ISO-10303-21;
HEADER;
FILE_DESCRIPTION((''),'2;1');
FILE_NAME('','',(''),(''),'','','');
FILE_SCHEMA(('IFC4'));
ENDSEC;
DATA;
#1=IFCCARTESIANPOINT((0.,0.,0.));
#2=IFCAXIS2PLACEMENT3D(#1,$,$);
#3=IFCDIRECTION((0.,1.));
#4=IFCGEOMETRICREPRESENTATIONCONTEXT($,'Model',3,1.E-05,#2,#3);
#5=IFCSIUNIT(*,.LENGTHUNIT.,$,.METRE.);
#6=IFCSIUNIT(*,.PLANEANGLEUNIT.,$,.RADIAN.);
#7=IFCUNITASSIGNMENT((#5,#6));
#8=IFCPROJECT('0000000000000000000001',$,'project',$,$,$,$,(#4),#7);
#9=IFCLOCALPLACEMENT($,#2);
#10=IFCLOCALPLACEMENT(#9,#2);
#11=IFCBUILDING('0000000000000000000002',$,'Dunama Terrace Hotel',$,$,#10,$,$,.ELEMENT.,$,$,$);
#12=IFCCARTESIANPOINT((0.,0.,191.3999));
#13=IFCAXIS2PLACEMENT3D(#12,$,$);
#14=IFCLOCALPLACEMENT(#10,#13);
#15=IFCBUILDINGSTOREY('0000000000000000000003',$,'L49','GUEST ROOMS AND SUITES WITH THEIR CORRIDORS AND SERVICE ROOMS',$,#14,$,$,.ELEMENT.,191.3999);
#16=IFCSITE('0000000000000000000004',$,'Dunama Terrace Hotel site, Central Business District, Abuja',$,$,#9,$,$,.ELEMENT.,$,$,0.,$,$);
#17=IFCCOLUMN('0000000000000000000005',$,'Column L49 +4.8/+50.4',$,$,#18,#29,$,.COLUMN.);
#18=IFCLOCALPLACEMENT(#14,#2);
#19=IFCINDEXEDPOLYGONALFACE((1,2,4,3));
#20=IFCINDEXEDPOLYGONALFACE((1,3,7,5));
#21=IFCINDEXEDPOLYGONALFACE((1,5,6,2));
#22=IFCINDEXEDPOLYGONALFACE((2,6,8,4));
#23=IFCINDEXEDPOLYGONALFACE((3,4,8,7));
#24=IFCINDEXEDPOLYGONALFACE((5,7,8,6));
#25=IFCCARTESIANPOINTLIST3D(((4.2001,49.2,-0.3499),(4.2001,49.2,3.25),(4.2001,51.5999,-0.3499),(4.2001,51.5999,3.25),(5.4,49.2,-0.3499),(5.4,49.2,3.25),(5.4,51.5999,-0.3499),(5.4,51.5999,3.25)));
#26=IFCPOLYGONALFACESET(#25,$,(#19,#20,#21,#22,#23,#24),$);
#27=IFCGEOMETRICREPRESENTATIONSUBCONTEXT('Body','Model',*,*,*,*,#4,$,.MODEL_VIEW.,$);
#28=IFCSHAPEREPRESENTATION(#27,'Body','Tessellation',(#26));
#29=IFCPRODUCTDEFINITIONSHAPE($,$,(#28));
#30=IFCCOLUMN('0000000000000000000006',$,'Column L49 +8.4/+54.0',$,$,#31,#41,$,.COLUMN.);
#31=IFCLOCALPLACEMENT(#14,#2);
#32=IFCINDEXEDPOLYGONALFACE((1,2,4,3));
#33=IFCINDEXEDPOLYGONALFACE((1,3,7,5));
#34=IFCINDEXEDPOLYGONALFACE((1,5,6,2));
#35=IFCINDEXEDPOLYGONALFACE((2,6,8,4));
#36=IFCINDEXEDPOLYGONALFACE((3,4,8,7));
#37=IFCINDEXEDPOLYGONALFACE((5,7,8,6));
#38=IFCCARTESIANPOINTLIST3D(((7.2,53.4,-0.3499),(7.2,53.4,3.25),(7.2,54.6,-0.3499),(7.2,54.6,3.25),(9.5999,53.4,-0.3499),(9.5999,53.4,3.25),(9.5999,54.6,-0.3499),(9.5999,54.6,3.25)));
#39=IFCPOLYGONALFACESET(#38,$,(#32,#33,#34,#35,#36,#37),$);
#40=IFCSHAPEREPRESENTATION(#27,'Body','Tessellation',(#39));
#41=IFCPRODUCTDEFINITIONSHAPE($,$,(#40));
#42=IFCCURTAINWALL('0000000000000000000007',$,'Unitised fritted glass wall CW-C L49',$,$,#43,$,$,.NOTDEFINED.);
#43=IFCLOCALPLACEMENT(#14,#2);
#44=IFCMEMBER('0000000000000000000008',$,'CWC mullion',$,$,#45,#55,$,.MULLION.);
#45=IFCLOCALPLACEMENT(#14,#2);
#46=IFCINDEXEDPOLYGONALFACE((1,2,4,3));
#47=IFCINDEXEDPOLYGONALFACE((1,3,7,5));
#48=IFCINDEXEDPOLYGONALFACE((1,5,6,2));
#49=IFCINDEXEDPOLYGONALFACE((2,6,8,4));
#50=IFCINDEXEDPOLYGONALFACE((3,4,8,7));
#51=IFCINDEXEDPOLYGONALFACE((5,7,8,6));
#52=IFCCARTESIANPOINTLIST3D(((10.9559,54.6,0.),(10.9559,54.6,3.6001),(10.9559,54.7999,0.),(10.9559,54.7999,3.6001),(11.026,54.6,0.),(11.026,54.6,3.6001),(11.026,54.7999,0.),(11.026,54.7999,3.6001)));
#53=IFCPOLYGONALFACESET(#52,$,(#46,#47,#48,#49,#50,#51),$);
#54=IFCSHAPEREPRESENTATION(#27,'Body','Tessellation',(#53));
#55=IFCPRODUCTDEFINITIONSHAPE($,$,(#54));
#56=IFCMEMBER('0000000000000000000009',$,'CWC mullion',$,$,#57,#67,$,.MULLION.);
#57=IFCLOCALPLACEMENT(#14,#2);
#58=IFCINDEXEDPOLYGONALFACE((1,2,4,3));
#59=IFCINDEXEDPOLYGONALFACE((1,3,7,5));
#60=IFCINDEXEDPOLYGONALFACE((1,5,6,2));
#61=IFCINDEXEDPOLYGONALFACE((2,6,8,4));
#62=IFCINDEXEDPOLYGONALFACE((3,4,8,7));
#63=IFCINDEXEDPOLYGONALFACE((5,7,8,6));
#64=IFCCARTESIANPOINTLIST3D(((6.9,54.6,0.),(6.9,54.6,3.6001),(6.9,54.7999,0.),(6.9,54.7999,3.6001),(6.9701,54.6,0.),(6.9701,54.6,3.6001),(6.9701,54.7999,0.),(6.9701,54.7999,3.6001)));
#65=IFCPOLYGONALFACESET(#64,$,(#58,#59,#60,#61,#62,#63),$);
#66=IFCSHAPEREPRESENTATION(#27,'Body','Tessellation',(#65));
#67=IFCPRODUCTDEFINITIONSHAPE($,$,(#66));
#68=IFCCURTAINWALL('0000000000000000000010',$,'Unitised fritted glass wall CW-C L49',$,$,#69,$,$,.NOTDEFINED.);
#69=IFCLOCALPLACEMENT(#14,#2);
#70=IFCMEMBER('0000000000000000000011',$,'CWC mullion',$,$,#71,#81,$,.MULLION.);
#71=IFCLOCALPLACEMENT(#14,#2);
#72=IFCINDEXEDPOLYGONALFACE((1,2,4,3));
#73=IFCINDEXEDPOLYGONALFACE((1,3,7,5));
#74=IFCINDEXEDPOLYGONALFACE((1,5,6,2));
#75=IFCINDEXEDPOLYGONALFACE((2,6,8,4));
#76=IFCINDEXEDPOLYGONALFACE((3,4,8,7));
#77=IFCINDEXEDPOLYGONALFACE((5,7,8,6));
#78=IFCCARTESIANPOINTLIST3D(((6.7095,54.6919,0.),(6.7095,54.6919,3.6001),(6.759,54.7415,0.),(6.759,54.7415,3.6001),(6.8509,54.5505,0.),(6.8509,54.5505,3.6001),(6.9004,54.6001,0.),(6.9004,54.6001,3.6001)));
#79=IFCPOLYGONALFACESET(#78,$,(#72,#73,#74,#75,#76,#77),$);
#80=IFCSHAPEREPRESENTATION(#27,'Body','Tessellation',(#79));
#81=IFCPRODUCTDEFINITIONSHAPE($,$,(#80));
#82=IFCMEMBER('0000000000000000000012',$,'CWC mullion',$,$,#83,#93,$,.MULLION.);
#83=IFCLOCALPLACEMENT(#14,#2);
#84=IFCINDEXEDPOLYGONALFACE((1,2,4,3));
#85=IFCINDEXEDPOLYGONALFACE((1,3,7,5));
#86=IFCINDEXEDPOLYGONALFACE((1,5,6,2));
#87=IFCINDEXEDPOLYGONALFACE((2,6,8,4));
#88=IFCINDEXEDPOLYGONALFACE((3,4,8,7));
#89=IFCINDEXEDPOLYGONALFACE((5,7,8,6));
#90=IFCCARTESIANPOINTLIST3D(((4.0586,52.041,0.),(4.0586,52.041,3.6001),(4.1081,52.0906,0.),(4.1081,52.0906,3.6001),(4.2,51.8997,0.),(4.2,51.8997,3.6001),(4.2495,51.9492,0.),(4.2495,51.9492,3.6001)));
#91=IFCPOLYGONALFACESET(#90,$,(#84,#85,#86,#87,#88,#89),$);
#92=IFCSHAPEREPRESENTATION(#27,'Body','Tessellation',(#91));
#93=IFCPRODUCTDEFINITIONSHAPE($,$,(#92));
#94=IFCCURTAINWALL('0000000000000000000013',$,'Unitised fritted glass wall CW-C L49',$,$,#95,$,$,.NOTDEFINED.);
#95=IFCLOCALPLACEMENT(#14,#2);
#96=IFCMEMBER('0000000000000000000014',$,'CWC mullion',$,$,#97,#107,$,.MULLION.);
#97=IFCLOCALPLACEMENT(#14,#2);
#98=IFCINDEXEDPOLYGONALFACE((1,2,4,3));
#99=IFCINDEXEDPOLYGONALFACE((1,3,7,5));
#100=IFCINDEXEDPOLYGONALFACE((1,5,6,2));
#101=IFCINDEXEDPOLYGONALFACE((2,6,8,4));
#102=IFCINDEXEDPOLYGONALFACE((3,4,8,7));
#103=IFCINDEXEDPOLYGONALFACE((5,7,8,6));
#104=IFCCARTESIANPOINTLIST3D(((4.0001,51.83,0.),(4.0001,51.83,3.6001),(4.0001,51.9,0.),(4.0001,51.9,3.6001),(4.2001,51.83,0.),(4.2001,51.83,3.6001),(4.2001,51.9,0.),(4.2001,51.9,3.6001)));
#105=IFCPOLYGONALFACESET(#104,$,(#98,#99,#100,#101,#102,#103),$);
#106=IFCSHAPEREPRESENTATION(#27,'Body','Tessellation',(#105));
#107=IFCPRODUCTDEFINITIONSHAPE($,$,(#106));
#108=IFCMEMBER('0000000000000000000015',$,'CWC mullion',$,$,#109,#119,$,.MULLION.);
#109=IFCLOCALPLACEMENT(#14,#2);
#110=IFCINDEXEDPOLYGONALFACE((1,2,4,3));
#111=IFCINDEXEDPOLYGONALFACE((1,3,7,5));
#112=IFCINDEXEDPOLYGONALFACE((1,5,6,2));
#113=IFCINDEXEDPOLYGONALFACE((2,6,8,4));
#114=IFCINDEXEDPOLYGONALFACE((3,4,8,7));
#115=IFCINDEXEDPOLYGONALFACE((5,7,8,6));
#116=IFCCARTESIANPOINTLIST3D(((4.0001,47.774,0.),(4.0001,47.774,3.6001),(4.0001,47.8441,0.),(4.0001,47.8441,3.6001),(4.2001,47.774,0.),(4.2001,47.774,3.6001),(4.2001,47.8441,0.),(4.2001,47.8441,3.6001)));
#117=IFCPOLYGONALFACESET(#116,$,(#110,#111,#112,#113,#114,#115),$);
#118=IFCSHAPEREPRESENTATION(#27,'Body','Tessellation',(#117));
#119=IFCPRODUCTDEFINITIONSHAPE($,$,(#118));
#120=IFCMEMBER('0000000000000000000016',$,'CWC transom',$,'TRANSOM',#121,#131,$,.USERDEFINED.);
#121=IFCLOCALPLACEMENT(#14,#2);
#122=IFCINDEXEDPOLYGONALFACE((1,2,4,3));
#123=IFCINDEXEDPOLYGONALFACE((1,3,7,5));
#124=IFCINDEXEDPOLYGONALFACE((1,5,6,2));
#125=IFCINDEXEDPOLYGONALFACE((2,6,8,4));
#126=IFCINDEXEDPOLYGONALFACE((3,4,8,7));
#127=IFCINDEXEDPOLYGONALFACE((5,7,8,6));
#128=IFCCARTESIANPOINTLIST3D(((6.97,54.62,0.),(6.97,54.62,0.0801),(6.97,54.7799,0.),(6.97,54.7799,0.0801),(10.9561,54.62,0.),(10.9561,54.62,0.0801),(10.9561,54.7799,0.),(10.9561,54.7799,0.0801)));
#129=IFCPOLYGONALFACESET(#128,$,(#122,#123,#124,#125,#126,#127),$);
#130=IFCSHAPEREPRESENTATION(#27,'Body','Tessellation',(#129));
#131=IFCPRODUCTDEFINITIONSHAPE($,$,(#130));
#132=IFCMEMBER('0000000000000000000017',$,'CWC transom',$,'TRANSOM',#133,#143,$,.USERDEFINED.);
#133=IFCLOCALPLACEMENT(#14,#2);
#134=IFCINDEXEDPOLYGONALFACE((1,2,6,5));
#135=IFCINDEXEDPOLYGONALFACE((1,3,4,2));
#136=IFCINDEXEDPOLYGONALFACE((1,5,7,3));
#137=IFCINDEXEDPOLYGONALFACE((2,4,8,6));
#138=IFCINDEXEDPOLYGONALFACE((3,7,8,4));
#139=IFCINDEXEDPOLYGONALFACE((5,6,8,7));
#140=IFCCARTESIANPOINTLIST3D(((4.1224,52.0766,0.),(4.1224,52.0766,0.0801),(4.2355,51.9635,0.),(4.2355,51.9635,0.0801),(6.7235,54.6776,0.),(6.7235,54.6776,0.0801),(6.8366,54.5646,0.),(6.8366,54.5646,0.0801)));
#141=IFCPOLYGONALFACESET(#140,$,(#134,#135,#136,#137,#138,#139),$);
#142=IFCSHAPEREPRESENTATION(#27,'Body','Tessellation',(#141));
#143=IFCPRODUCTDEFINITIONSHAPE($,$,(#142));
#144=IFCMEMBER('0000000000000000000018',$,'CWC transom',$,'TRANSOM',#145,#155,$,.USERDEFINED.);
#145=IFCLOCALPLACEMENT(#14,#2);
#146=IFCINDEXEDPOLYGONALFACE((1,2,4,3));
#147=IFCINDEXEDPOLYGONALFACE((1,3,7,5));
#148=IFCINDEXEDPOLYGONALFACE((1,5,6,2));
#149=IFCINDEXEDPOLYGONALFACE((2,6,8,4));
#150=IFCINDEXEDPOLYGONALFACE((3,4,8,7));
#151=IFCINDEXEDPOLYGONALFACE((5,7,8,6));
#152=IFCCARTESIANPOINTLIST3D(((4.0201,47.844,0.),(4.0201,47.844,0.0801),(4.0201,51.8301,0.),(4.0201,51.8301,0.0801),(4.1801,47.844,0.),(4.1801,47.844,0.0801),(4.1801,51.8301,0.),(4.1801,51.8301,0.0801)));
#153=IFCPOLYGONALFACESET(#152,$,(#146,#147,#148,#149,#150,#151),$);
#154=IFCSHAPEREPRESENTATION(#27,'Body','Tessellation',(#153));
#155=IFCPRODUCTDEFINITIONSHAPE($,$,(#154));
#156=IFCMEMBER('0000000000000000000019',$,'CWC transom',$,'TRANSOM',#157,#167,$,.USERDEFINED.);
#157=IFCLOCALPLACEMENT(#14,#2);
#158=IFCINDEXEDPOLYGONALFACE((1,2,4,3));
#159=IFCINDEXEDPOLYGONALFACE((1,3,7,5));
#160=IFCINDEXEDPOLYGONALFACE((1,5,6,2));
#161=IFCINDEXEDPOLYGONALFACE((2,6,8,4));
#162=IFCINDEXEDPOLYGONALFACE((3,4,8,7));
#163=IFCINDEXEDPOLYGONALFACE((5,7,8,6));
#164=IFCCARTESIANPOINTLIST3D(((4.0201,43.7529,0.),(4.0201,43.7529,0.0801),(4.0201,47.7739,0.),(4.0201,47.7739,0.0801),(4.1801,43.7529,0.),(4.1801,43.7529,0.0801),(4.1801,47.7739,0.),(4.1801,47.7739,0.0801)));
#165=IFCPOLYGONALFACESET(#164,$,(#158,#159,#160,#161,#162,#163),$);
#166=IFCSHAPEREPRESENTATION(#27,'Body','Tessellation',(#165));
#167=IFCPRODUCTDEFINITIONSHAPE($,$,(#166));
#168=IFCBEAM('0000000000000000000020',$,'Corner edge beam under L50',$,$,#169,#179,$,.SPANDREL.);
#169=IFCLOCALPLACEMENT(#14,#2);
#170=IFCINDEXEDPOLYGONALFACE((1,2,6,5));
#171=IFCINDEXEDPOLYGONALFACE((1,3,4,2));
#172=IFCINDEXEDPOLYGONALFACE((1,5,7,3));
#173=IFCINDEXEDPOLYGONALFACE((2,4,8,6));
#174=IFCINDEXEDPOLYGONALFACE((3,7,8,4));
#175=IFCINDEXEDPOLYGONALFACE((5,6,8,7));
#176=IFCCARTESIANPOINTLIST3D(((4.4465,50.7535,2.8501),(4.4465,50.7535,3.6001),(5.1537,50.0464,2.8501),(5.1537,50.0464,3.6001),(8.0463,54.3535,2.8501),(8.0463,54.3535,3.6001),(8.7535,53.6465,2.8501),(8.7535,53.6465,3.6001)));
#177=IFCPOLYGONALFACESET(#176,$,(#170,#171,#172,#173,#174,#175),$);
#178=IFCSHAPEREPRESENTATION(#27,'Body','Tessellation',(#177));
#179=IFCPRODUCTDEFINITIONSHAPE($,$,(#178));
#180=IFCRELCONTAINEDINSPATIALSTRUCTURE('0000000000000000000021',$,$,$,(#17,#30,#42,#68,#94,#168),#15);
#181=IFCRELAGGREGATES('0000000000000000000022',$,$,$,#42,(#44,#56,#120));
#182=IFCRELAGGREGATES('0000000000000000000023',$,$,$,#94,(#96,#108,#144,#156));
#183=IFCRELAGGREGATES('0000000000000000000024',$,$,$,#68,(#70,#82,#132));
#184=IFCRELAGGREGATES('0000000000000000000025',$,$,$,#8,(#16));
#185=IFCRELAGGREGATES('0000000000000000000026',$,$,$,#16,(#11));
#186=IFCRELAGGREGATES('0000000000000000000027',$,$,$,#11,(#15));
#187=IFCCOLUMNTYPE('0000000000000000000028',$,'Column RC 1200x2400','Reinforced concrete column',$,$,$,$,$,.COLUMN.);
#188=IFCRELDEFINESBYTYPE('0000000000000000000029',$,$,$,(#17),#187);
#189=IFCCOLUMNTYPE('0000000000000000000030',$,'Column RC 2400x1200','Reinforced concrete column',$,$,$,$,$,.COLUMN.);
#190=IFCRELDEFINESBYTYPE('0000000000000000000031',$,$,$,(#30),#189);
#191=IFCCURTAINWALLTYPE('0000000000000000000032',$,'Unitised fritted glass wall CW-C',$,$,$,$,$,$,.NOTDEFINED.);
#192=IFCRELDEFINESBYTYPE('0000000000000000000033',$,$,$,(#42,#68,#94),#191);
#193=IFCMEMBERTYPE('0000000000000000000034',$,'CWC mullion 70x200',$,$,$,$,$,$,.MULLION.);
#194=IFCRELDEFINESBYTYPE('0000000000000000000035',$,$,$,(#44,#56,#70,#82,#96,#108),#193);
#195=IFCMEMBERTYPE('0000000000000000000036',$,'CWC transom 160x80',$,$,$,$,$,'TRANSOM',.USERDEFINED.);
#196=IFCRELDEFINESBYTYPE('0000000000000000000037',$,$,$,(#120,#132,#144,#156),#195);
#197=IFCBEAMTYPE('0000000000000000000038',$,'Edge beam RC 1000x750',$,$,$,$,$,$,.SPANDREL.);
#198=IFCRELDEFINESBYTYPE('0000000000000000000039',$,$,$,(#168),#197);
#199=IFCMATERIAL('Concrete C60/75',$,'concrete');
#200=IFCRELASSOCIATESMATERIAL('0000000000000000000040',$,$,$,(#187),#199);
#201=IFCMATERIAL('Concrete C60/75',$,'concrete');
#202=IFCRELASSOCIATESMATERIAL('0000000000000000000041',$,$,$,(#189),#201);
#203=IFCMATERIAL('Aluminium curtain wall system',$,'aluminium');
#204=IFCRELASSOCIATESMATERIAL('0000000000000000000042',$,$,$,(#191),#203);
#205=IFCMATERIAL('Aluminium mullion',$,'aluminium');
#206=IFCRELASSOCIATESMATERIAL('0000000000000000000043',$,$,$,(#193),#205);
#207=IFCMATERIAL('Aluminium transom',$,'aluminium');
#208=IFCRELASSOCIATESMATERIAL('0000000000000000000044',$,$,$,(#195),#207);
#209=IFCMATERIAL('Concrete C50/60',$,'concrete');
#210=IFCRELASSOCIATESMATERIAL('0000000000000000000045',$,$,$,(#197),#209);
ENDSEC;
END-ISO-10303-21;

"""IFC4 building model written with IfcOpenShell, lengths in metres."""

from ifc_helpers import new_model, si_unit, direction, frame, origin, origin_2d, place, context, subcontext, project, spatial, rectangle, extrude, material, material_profile, profile_set, type_object, element, aggregate, save


model = new_model("IFC4")

# Units and contexts
model_context = context("Model", 3, precision=1e-05, world=origin(), true_north=direction((0.0, 1.0)))
body_context = subcontext(model_context, "Body", "Model", "MODEL_VIEW")
ifc_project = project(units=[si_unit("LENGTHUNIT", "METRE"), si_unit("PLANEANGLEUNIT", "RADIAN")], contexts=[model_context])

# Site, building, storey
site_placement = place(None, origin())
site = spatial("IfcSite", under=ifc_project, at=site_placement, Name="Dunama Terrace Hotel site, Central Business District, Abuja", CompositionType="ELEMENT", RefElevation=0.0)
building_placement = place(site_placement, origin())
building = spatial("IfcBuilding", under=site, at=building_placement, Name="Dunama Terrace Hotel", CompositionType="ELEMENT")
storey_placement = place(building_placement, frame((0.0, 0.0, 191.3999)))
storey = spatial("IfcBuildingStorey", under=building, at=storey_placement, Name="L49", Description="GUEST ROOMS AND SUITES WITH THEIR CORRIDORS AND SERVICE ROOMS", CompositionType="ELEMENT", Elevation=191.3999)

# Columns
ifc_material_1 = material(Name="Concrete C60/75", Category="concrete")
ifc_material_profile_1 = material_profile(ifc_material_1, rectangle(XDim=1.2, YDim=2.3999, at=origin_2d()), Name="RC 1200x2400")
ifc_profile_set_1 = profile_set([ifc_material_profile_1], Name="Concrete C60/75")
column_type_1 = type_object("IfcColumnType", Name="Column RC 1200x2400", Description="Reinforced concrete column", PredefinedType="COLUMN", material=ifc_profile_set_1)
column_1_placement = place(storey_placement, frame((4.8, 50.3999, -0.3499), z_axis=(0.0, 0.0, 1.0), x_axis=(1.0, 0.0, 0.0)))
element("IfcColumn", 1, at=column_1_placement, inside=storey, type_object=column_type_1, Name="Column L49 +4.8/+50.4", PredefinedType="COLUMN", context=body_context, shape_type="SweptSolid", body=[
    extrude(rectangle(XDim=1.2, YDim=2.3999, at=origin_2d()), origin(), (0.0, 0.0, 1.0), 3.5999),
])
ifc_material_2 = material(Name="Concrete C60/75", Category="concrete")
ifc_material_profile_2 = material_profile(ifc_material_2, rectangle(XDim=2.3999, YDim=1.2, at=origin_2d()), Name="RC 2400x1200")
ifc_profile_set_2 = profile_set([ifc_material_profile_2], Name="Concrete C60/75")
column_type_2 = type_object("IfcColumnType", Name="Column RC 2400x1200", Description="Reinforced concrete column", PredefinedType="COLUMN", material=ifc_profile_set_2)
column_2_placement = place(storey_placement, frame((8.3999, 54.0, -0.3499), z_axis=(0.0, 0.0, 1.0), x_axis=(1.0, 0.0, 0.0)))
element("IfcColumn", 2, at=column_2_placement, inside=storey, type_object=column_type_2, Name="Column L49 +8.4/+54.0", PredefinedType="COLUMN", context=body_context, shape_type="SweptSolid", body=[
    extrude(rectangle(XDim=2.3999, YDim=1.2, at=origin_2d()), origin(), (0.0, 0.0, 1.0), 3.5999),
])

# Curtain walls, members
ifc_material_3 = material(Name="Aluminium curtain wall system", Category="aluminium")
curtain_wall_type = type_object("IfcCurtainWallType", Name="Unitised fritted glass wall CW-C", PredefinedType="NOTDEFINED", material=ifc_material_3)
curtain_wall_1_placement = place(storey_placement, origin())
curtain_wall_1 = element("IfcCurtainWall", 3, at=curtain_wall_1_placement, inside=storey, type_object=curtain_wall_type, Name="Unitised fritted glass wall CW-C L49", PredefinedType="NOTDEFINED")
ifc_material_4 = material(Name="Aluminium mullion", Category="aluminium")
ifc_material_profile_3 = material_profile(ifc_material_4, rectangle(XDim=0.0701, YDim=0.2, at=origin_2d()), Name="CWC MULLION 70X200")
ifc_profile_set_3 = profile_set([ifc_material_profile_3], Name="Aluminium mullion")
member_type_1 = type_object("IfcMemberType", Name="CWC mullion 70x200", PredefinedType="MULLION", material=ifc_profile_set_3)
member_1_placement = place(storey_placement, frame((10.991, 54.7, 0.0), z_axis=(0.0, 0.0, 1.0), x_axis=(-1.0, 0.0, 0.0)))
member_1 = element("IfcMember", 4, at=member_1_placement, type_object=member_type_1, Name="CWC mullion", PredefinedType="MULLION", context=body_context, shape_type="SweptSolid", body=[
    extrude(rectangle(XDim=0.0701, YDim=0.2, at=origin_2d()), origin(), (0.0, 0.0, 1.0), 3.6001),
])
member_2_placement = place(storey_placement, frame((6.9351, 54.7, 0.0), z_axis=(0.0, 0.0, 1.0), x_axis=(-1.0, 0.0, 0.0)))
member_2 = element("IfcMember", 5, at=member_2_placement, type_object=member_type_1, Name="CWC mullion", PredefinedType="MULLION", context=body_context, shape_type="SweptSolid", body=[
    extrude(rectangle(XDim=0.0701, YDim=0.2, at=origin_2d()), origin(), (0.0, 0.0, 1.0), 3.6001),
])
curtain_wall_2_placement = place(storey_placement, origin())
curtain_wall_2 = element("IfcCurtainWall", 6, at=curtain_wall_2_placement, inside=storey, type_object=curtain_wall_type, Name="Unitised fritted glass wall CW-C L49", PredefinedType="NOTDEFINED")
member_3_placement = place(storey_placement, frame((6.8049, 54.646, 0.0), z_axis=(0.0, 0.0, 1.0), x_axis=(-0.707107, -0.707107, 0.0)))
member_3 = element("IfcMember", 7, at=member_3_placement, type_object=member_type_1, Name="CWC mullion", PredefinedType="MULLION", context=body_context, shape_type="SweptSolid", body=[
    extrude(rectangle(XDim=0.0701, YDim=0.2, at=origin_2d()), origin(), (0.0, 0.0, 1.0), 3.6001),
])
member_4_placement = place(storey_placement, frame((4.1541, 51.9951, 0.0), z_axis=(0.0, 0.0, 1.0), x_axis=(-0.707107, -0.707107, 0.0)))
member_4 = element("IfcMember", 8, at=member_4_placement, type_object=member_type_1, Name="CWC mullion", PredefinedType="MULLION", context=body_context, shape_type="SweptSolid", body=[
    extrude(rectangle(XDim=0.0701, YDim=0.2, at=origin_2d()), origin(), (0.0, 0.0, 1.0), 3.6001),
])
curtain_wall_3_placement = place(storey_placement, origin())
curtain_wall_3 = element("IfcCurtainWall", 9, at=curtain_wall_3_placement, inside=storey, type_object=curtain_wall_type, Name="Unitised fritted glass wall CW-C L49", PredefinedType="NOTDEFINED")
member_5_placement = place(storey_placement, frame((4.1001, 51.865, 0.0), z_axis=(0.0, 0.0, 1.0), x_axis=(0.0, -1.0, 0.0)))
member_5 = element("IfcMember", 10, at=member_5_placement, type_object=member_type_1, Name="CWC mullion", PredefinedType="MULLION", context=body_context, shape_type="SweptSolid", body=[
    extrude(rectangle(XDim=0.0701, YDim=0.2, at=origin_2d()), origin(), (0.0, 0.0, 1.0), 3.6001),
])
member_6_placement = place(storey_placement, frame((4.1001, 47.8091, 0.0), z_axis=(0.0, 0.0, 1.0), x_axis=(0.0, -1.0, 0.0)))
member_6 = element("IfcMember", 11, at=member_6_placement, type_object=member_type_1, Name="CWC mullion", PredefinedType="MULLION", context=body_context, shape_type="SweptSolid", body=[
    extrude(rectangle(XDim=0.0701, YDim=0.2, at=origin_2d()), origin(), (0.0, 0.0, 1.0), 3.6001),
])

# Members
ifc_material_5 = material(Name="Aluminium transom", Category="aluminium")
ifc_material_profile_4 = material_profile(ifc_material_5, rectangle(XDim=0.1599, YDim=0.0801, at=origin_2d()), Name="CWC TRANSOM 160X80")
ifc_profile_set_4 = profile_set([ifc_material_profile_4], Name="Aluminium transom")
member_type_2 = type_object("IfcMemberType", Name="CWC transom 160x80", ElementType="TRANSOM", PredefinedType="USERDEFINED", material=ifc_profile_set_4)
member_7_placement = place(storey_placement, frame((10.9561, 54.7, 0.04), z_axis=(-1.0, 0.0, 0.0), x_axis=(0.0, -1.0, 0.0)))
member_7 = element("IfcMember", 12, at=member_7_placement, type_object=member_type_2, Name="CWC transom", ObjectType="TRANSOM", PredefinedType="USERDEFINED", context=body_context, shape_type="SweptSolid", body=[
    extrude(rectangle(XDim=0.1599, YDim=0.0801, at=origin_2d()), origin(), (0.0, 0.0, 1.0), 3.9861),
])
member_8_placement = place(storey_placement, frame((6.78, 54.6211, 0.04), z_axis=(-0.707107, -0.707107, 0.0), x_axis=(0.707107, -0.707107, 0.0)))
member_8 = element("IfcMember", 13, at=member_8_placement, type_object=member_type_2, Name="CWC transom", ObjectType="TRANSOM", PredefinedType="USERDEFINED", context=body_context, shape_type="SweptSolid", body=[
    extrude(rectangle(XDim=0.1599, YDim=0.0801, at=origin_2d()), origin(), (0.0, 0.0, 1.0), 3.6785),
])
member_9_placement = place(storey_placement, frame((4.1001, 51.8301, 0.04), z_axis=(0.0, -1.0, 0.0), x_axis=(1.0, 0.0, 0.0)))
member_9 = element("IfcMember", 14, at=member_9_placement, type_object=member_type_2, Name="CWC transom", ObjectType="TRANSOM", PredefinedType="USERDEFINED", context=body_context, shape_type="SweptSolid", body=[
    extrude(rectangle(XDim=0.1599, YDim=0.0801, at=origin_2d()), origin(), (0.0, 0.0, 1.0), 3.9861),
])
member_10_placement = place(storey_placement, frame((4.1001, 47.7739, 0.04), z_axis=(0.0, -1.0, 0.0), x_axis=(1.0, 0.0, 0.0)))
member_10 = element("IfcMember", 15, at=member_10_placement, type_object=member_type_2, Name="CWC transom", ObjectType="TRANSOM", PredefinedType="USERDEFINED", context=body_context, shape_type="SweptSolid", body=[
    extrude(rectangle(XDim=0.1599, YDim=0.0801, at=origin_2d()), origin(), (0.0, 0.0, 1.0), 4.021),
])

# Beam
ifc_material_6 = material(Name="Concrete C50/60", Category="concrete")
ifc_material_profile_5 = material_profile(ifc_material_6, rectangle(XDim=1.0, YDim=0.75, at=origin_2d()), Name="RC 1000x750")
ifc_profile_set_5 = profile_set([ifc_material_profile_5], Name="Concrete C50/60")
beam_type_1 = type_object("IfcBeamType", Name="Edge beam RC 1000x750", PredefinedType="SPANDREL", material=ifc_profile_set_5)
beam_1_placement = place(storey_placement, frame((8.3999, 54.0, 3.2251), z_axis=(-0.707083, -0.707131, 0.0), x_axis=(0.707131, -0.707083, 0.0)))
element("IfcBeam", 16, at=beam_1_placement, inside=storey, type_object=beam_type_1, Name="Corner edge beam under L50", PredefinedType="SPANDREL", context=body_context, shape_type="SweptSolid", body=[
    extrude(rectangle(XDim=1.0, YDim=0.75, at=origin_2d()), origin(), (0.0, 0.0, 1.0), 5.0911),
])

aggregate(curtain_wall_1, [member_1, member_2, member_7])
aggregate(curtain_wall_3, [member_5, member_6, member_9, member_10])
aggregate(curtain_wall_2, [member_3, member_4, member_8])

save(model, "model.ifc")
